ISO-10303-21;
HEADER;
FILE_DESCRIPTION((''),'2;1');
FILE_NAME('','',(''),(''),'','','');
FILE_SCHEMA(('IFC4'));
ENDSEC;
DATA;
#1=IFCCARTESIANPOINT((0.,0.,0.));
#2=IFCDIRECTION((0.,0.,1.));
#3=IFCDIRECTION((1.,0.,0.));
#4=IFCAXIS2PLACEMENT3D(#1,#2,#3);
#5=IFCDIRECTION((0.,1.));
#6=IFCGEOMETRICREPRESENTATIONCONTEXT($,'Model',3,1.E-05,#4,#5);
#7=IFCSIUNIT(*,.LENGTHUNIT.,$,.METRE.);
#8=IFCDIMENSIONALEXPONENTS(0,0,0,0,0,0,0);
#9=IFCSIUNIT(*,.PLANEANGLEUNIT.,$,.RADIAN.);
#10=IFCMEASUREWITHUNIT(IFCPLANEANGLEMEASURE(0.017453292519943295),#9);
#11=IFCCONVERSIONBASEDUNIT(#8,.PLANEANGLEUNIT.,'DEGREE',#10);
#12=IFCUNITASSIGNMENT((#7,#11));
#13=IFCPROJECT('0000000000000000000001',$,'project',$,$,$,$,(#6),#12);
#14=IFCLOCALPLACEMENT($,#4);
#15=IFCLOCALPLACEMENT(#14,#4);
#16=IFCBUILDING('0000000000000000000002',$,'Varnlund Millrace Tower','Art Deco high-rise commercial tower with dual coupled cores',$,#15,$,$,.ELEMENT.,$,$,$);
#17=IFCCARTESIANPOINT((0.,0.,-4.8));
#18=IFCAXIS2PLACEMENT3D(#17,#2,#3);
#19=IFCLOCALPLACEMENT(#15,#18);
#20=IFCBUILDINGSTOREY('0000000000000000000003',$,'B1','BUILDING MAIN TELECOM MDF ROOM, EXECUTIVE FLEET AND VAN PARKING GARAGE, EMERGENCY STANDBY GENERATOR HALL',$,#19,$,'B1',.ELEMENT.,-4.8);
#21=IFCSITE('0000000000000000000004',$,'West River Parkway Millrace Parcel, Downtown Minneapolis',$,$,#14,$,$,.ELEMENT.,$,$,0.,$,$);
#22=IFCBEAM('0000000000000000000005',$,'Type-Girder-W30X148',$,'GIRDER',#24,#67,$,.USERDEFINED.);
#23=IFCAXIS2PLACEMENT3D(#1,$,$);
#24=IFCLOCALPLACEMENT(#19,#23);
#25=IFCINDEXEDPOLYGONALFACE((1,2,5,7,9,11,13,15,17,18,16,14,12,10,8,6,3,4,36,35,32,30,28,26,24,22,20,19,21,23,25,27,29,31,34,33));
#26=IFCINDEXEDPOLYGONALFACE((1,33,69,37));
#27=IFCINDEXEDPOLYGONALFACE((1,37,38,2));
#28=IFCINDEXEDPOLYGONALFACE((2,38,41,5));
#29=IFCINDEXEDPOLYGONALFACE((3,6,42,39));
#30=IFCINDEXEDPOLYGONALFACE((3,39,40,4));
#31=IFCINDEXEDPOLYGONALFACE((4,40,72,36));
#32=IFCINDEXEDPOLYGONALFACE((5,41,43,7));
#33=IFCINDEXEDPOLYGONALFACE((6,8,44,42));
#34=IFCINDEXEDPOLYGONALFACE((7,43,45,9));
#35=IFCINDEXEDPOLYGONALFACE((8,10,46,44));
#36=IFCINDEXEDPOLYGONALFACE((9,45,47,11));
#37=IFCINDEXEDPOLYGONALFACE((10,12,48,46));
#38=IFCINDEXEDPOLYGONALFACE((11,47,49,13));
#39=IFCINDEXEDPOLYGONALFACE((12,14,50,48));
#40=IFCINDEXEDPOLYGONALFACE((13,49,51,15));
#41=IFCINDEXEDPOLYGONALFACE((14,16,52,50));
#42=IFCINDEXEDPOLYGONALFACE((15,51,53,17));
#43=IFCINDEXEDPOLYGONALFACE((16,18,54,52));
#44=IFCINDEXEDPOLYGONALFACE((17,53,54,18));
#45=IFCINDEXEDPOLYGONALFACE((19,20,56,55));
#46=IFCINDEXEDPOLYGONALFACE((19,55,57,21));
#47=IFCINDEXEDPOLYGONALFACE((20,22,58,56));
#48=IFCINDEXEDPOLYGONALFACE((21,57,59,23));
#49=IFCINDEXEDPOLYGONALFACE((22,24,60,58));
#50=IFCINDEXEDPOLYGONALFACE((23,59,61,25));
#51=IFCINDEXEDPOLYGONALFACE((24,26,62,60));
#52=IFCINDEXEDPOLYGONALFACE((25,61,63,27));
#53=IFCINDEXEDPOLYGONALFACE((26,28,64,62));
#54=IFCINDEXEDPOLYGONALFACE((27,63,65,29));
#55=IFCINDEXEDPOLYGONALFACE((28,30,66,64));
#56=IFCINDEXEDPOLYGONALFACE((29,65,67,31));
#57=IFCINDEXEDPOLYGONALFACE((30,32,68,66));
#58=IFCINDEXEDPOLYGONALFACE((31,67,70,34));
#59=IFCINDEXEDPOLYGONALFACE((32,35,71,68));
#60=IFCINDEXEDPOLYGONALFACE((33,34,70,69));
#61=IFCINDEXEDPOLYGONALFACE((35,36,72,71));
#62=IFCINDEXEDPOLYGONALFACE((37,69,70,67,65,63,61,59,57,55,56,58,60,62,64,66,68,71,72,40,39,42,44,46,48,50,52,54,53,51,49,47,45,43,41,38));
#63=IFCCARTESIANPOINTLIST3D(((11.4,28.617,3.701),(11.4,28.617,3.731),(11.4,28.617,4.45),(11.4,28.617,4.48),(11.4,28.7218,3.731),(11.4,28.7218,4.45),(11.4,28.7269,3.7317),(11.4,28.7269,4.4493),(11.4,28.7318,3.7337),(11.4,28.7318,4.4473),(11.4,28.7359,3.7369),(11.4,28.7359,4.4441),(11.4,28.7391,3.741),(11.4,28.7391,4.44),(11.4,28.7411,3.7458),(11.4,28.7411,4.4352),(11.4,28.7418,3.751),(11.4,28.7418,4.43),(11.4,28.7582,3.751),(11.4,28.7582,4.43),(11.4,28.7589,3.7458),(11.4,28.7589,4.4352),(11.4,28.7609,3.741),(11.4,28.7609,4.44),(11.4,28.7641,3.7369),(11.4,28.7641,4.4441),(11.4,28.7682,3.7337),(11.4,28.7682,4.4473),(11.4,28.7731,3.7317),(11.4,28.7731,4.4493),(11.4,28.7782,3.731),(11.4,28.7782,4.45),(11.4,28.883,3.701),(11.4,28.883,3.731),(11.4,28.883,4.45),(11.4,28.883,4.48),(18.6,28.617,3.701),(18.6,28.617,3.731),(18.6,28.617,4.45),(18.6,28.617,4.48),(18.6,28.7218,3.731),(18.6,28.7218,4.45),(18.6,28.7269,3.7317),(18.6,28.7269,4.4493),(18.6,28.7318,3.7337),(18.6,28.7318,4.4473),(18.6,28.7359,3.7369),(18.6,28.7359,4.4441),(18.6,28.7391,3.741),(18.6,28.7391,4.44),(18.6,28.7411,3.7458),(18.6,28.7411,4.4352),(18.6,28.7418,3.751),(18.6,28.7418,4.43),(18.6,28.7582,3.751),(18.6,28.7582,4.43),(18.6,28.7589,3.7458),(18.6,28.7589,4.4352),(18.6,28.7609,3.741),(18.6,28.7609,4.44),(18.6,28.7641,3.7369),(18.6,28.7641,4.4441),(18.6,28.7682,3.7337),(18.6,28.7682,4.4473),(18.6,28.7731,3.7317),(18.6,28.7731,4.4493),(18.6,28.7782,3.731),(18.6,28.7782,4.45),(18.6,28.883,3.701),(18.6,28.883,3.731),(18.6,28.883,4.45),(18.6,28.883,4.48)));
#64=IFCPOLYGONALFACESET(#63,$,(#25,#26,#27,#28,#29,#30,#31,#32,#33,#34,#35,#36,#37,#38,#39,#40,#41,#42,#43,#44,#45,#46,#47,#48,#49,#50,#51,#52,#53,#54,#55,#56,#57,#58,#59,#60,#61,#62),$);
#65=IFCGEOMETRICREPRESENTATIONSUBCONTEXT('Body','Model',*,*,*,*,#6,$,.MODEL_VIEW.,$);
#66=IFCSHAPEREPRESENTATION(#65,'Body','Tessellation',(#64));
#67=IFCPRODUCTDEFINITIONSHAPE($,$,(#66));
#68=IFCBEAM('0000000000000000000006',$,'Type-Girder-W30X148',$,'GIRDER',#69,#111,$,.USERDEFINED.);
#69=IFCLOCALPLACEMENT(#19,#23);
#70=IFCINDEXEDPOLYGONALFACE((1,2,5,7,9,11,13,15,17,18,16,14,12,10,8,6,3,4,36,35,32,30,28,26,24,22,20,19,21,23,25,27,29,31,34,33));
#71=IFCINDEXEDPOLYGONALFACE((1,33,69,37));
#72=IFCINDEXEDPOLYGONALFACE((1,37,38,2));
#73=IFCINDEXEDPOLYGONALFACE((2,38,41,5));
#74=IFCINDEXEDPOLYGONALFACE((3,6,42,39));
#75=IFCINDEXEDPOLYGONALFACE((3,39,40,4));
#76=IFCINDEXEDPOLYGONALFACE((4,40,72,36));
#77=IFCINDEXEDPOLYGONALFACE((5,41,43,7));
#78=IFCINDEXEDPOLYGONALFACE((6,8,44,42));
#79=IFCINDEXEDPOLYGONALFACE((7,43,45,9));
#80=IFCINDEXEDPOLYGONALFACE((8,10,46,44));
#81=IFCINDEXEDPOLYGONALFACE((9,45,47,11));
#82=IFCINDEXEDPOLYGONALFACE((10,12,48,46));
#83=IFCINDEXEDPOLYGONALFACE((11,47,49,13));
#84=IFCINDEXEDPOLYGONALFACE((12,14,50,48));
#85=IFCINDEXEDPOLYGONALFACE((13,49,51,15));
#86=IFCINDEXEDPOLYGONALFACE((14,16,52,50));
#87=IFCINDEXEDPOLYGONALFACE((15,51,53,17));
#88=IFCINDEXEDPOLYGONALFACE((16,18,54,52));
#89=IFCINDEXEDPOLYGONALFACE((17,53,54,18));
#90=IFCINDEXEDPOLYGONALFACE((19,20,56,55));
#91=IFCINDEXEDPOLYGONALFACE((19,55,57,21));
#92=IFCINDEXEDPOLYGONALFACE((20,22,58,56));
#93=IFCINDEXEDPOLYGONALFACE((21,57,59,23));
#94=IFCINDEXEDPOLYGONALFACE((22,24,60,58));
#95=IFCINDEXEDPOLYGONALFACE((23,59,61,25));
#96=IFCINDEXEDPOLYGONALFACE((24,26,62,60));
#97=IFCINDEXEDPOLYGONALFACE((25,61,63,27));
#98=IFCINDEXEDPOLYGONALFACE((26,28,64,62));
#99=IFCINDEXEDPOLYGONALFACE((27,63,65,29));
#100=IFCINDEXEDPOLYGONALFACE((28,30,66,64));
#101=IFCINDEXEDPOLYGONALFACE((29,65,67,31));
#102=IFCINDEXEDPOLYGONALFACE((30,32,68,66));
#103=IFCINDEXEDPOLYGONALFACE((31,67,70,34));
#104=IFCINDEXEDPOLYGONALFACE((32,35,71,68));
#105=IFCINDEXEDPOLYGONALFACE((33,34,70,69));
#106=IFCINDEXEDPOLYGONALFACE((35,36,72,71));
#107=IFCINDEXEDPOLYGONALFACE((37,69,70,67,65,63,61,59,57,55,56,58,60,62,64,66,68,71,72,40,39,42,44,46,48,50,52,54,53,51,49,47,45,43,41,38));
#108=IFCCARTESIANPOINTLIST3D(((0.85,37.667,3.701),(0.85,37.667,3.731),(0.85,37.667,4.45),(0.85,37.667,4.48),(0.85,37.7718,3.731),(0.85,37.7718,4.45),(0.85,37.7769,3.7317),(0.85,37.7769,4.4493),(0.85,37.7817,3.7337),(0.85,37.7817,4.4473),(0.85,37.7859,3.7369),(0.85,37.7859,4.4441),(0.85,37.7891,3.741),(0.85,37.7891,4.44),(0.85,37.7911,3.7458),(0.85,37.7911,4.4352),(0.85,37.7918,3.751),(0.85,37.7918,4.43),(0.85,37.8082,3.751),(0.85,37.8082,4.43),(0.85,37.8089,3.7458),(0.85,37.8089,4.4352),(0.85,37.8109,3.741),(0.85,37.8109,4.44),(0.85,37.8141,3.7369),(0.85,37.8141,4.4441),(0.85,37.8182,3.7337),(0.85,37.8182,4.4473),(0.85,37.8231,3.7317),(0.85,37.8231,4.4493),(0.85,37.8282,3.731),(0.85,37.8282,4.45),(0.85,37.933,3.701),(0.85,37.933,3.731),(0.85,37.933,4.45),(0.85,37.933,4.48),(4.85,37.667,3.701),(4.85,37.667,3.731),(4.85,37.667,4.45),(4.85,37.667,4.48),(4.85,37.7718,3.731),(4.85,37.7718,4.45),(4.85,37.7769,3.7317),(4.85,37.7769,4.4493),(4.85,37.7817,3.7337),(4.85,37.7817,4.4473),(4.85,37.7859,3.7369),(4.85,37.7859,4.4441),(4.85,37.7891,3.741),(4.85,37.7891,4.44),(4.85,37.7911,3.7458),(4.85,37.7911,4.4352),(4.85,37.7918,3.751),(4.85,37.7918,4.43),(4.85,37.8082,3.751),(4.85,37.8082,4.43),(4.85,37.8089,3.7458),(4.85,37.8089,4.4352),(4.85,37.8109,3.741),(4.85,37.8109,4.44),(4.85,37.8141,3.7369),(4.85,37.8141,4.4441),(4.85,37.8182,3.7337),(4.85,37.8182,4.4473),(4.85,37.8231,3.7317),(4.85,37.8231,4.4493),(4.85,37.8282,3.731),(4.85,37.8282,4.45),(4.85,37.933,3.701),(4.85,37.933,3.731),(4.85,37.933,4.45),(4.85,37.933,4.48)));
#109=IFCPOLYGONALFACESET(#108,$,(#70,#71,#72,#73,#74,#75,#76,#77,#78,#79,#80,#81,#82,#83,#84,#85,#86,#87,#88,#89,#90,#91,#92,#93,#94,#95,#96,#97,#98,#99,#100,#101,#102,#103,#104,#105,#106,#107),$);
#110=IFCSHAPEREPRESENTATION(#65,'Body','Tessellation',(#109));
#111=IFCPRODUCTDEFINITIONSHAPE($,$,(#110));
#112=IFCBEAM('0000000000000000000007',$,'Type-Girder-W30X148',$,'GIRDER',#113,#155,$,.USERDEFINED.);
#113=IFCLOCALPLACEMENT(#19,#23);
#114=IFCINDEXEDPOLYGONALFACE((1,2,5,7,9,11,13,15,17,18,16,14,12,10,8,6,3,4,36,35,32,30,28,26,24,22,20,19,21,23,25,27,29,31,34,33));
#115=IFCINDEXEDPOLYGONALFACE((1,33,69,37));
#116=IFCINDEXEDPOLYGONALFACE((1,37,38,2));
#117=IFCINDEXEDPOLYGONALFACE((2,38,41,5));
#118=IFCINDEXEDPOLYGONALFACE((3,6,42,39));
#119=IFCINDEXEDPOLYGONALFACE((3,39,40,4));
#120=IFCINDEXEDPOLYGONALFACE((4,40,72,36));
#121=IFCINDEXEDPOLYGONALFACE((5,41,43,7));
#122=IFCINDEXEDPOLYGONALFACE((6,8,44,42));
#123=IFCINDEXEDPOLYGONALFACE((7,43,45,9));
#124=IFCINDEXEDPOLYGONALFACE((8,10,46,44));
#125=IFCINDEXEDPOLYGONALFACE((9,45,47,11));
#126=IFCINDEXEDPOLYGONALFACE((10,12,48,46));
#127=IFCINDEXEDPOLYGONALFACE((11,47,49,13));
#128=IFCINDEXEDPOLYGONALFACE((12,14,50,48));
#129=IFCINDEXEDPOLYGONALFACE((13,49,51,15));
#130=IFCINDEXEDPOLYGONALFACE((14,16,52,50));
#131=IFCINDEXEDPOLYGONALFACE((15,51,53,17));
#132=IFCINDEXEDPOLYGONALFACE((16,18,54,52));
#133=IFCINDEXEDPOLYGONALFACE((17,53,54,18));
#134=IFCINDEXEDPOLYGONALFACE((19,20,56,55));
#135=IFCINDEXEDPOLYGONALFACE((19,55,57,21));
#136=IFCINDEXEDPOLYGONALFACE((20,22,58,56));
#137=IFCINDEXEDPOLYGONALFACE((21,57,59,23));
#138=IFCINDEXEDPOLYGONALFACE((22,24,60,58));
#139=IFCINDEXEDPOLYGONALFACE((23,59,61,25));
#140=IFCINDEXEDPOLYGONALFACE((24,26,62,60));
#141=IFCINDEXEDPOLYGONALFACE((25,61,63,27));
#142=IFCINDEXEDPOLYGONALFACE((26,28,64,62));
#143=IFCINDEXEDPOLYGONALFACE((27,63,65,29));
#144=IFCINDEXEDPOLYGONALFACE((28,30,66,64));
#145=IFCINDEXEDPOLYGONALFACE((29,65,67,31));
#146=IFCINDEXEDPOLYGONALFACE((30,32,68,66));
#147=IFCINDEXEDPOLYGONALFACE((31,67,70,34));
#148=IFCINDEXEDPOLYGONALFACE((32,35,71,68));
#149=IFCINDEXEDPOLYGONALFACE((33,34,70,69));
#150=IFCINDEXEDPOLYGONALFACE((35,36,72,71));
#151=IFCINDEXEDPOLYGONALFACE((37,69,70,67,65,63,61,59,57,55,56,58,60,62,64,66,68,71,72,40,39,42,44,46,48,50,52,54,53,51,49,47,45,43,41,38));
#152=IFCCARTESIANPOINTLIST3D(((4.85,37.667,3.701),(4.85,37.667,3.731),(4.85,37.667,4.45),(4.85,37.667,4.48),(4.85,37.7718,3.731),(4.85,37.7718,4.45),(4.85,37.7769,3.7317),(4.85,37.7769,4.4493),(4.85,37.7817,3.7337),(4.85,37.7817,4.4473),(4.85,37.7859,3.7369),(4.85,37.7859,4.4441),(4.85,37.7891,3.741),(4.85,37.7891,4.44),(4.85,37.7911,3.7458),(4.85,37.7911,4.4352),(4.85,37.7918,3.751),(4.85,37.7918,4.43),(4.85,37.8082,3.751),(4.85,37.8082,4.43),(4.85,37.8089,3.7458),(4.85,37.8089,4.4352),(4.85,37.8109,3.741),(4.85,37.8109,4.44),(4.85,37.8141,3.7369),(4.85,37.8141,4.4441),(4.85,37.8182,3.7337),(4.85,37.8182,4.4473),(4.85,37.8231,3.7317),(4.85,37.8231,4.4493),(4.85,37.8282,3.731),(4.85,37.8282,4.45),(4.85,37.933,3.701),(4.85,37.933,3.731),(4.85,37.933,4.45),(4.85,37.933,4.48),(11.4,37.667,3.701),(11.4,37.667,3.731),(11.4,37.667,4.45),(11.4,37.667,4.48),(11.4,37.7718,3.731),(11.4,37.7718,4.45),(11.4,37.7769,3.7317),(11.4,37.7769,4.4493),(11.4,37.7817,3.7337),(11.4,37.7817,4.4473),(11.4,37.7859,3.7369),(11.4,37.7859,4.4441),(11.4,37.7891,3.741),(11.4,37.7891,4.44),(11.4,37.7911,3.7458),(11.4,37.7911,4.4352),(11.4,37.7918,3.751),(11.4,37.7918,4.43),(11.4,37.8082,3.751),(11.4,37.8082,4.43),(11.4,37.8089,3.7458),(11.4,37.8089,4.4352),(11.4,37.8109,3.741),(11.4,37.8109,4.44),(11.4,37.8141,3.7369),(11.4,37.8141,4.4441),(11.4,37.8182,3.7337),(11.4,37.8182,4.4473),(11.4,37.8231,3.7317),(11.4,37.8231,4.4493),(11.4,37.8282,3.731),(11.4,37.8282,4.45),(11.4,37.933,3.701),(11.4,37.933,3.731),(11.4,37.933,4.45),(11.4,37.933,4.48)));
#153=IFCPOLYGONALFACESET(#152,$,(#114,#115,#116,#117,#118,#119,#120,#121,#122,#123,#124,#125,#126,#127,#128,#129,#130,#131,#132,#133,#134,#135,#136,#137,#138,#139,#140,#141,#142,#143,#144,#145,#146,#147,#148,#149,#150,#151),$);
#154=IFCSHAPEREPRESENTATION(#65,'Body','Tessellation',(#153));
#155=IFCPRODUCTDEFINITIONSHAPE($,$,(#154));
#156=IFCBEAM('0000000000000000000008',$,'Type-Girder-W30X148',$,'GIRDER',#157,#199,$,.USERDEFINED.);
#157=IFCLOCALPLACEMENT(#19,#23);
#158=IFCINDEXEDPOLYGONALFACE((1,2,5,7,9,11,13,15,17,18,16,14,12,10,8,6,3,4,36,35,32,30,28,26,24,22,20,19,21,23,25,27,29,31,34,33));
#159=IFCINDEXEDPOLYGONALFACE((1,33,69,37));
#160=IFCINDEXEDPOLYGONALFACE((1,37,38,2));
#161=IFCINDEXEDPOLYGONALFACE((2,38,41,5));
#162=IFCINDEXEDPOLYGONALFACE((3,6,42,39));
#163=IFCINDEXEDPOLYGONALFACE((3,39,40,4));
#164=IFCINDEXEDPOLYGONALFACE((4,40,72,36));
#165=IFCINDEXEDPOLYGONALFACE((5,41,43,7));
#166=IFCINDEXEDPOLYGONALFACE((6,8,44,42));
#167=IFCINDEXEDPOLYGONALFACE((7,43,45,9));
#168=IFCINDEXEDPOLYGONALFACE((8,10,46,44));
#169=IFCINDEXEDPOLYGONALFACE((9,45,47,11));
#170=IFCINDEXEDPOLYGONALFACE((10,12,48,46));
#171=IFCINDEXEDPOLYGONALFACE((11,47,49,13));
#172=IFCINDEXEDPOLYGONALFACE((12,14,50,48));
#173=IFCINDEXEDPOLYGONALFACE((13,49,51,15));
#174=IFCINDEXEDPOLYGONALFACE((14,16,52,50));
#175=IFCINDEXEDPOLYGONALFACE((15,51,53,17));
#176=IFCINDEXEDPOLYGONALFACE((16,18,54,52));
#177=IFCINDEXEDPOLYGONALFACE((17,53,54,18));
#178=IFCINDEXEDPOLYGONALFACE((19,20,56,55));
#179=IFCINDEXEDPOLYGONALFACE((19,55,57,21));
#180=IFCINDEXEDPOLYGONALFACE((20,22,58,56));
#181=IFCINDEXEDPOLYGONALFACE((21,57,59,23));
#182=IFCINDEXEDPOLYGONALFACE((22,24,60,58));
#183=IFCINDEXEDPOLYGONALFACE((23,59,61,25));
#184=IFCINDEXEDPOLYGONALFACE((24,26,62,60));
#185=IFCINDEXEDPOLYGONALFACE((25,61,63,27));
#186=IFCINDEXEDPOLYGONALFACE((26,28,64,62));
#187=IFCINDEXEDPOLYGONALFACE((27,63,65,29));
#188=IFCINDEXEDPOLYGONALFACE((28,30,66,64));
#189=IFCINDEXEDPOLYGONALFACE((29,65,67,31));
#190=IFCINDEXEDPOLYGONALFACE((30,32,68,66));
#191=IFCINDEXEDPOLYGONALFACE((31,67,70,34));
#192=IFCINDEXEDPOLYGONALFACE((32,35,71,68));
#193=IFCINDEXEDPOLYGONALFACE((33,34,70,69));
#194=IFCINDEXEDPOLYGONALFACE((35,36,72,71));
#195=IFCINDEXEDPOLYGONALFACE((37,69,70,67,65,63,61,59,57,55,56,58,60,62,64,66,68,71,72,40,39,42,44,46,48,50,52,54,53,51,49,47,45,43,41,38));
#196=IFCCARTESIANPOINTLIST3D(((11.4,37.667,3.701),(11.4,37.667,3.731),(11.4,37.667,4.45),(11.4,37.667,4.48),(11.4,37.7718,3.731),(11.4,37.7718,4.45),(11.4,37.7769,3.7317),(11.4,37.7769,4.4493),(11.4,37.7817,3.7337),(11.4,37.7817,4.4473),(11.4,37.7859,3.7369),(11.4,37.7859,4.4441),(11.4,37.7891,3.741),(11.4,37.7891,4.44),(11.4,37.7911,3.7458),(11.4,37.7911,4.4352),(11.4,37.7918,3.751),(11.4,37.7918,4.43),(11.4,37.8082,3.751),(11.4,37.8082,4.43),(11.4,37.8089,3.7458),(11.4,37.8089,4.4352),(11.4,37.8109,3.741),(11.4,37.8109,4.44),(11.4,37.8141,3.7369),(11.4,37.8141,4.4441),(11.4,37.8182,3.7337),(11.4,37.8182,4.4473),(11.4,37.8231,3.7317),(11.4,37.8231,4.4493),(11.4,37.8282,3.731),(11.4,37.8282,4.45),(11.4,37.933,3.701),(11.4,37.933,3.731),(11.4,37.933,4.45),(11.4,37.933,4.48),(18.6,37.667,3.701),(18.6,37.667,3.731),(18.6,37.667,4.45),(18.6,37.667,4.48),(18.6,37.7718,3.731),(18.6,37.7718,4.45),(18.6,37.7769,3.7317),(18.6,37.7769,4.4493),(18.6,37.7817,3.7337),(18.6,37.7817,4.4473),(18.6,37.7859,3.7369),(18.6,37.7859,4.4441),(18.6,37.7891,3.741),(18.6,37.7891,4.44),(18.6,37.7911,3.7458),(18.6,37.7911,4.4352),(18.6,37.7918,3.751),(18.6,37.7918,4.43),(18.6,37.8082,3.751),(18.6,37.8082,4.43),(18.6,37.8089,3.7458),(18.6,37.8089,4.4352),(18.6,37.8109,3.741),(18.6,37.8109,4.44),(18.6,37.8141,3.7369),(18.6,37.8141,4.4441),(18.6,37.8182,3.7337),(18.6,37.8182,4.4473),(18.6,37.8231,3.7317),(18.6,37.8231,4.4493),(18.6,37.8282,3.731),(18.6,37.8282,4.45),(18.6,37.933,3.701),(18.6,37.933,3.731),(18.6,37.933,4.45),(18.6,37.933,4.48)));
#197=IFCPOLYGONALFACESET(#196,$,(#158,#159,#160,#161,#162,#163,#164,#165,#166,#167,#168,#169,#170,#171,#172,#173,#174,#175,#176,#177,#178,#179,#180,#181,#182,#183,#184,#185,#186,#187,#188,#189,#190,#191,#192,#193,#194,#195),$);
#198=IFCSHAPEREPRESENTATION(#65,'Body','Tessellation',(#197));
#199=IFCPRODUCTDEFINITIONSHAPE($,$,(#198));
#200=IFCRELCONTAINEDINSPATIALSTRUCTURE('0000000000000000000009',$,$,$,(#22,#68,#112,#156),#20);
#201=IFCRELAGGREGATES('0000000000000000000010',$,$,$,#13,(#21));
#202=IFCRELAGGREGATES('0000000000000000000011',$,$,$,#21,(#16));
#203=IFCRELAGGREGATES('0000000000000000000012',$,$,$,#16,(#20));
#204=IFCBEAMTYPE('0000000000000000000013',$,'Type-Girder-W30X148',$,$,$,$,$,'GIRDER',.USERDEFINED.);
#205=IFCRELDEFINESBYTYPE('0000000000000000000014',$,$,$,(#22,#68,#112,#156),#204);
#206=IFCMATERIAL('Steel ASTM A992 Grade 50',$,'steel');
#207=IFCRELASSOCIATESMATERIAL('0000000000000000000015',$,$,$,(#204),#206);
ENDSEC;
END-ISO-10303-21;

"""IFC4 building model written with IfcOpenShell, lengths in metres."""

from ifc_helpers import new_model, entity, si_unit, converted_unit, direction, frame, origin_with_axes, origin_2d_with_axis, place, context, subcontext, project, spatial, i_section, extrude, material, material_profile, profile_set, type_object, element, save


model = new_model("IFC4")

# Units and contexts
model_context = context("Model", 3, precision=1e-05, world=origin_with_axes(), true_north=direction((0.0, 1.0)))
body_context = subcontext(model_context, "Body", "Model", "MODEL_VIEW")
ifc_project = project(units=[si_unit("LENGTHUNIT", "METRE"), converted_unit("PLANEANGLEUNIT", "DEGREE", entity("IfcPlaneAngleMeasure", 0.017453292519943295), si_unit("PLANEANGLEUNIT", "RADIAN"), dimensions=[0, 0, 0, 0, 0, 0, 0])], contexts=[model_context])

# Site, building, storey
site_placement = place(None, origin_with_axes())
site = spatial("IfcSite", under=ifc_project, at=site_placement, Name="West River Parkway Millrace Parcel, Downtown Minneapolis", CompositionType="ELEMENT", RefElevation=0.0)
building_placement = place(site_placement, origin_with_axes())
building = spatial("IfcBuilding", under=site, at=building_placement, Name="Varnlund Millrace Tower", Description="Art Deco high-rise commercial tower with dual coupled cores", CompositionType="ELEMENT")
storey_placement = place(building_placement, frame((0.0, 0.0, -4.8), z_axis=(0.0, 0.0, 1.0), x_axis=(1.0, 0.0, 0.0)))
storey = spatial("IfcBuildingStorey", under=building, at=storey_placement, Name="B1", Description="BUILDING MAIN TELECOM MDF ROOM, EXECUTIVE FLEET AND VAN PARKING GARAGE, EMERGENCY STANDBY GENERATOR HALL", LongName="B1", CompositionType="ELEMENT", Elevation=-4.8)

# Beams
ifc_material_1 = material(Name="Steel ASTM A992 Grade 50", Category="steel")
ifc_material_profile_1 = material_profile(ifc_material_1, i_section(OverallWidth=0.266, OverallDepth=0.779, WebThickness=0.0165, FlangeThickness=0.03, FilletRadius=0.02, at=origin_2d_with_axis()), Name="Steel ASTM A992 Grade 50")
ifc_profile_set_1 = profile_set([ifc_material_profile_1], Name="Steel ASTM A992 Grade 50")
beam_type_1 = type_object("IfcBeamType", Name="Type-Girder-W30X148", ElementType="GIRDER", PredefinedType="USERDEFINED", material=ifc_profile_set_1)
beam_1_placement = place(storey_placement, frame((11.4, 28.75, 4.0905), z_axis=(1.0, 0.0, 0.0), x_axis=(0.0, 1.0, 0.0)))
element("IfcBeam", 1, at=beam_1_placement, inside=storey, type_object=beam_type_1, Name="Type-Girder-W30X148", ObjectType="GIRDER", PredefinedType="USERDEFINED", context=body_context, shape_type="SweptSolid", body=[
    extrude(i_section(OverallWidth=0.266, OverallDepth=0.779, WebThickness=0.0165, FlangeThickness=0.03, FilletRadius=0.02, at=origin_2d_with_axis()), origin_with_axes(), (0.0, 0.0, 1.0), 7.2),
])
beam_2_placement = place(storey_placement, frame((0.85, 37.8, 4.0905), z_axis=(1.0, 0.0, 0.0), x_axis=(0.0, 1.0, 0.0)))
element("IfcBeam", 2, at=beam_2_placement, inside=storey, type_object=beam_type_1, Name="Type-Girder-W30X148", ObjectType="GIRDER", PredefinedType="USERDEFINED", context=body_context, shape_type="SweptSolid", body=[
    extrude(i_section(OverallWidth=0.266, OverallDepth=0.779, WebThickness=0.0165, FlangeThickness=0.03, FilletRadius=0.02, at=origin_2d_with_axis()), origin_with_axes(), (0.0, 0.0, 1.0), 4.0),
])
beam_3_placement = place(storey_placement, frame((4.85, 37.8, 4.0905), z_axis=(1.0, 0.0, 0.0), x_axis=(0.0, 1.0, 0.0)))
element("IfcBeam", 3, at=beam_3_placement, inside=storey, type_object=beam_type_1, Name="Type-Girder-W30X148", ObjectType="GIRDER", PredefinedType="USERDEFINED", context=body_context, shape_type="SweptSolid", body=[
    extrude(i_section(OverallWidth=0.266, OverallDepth=0.779, WebThickness=0.0165, FlangeThickness=0.03, FilletRadius=0.02, at=origin_2d_with_axis()), origin_with_axes(), (0.0, 0.0, 1.0), 6.55),
])
beam_4_placement = place(storey_placement, frame((11.4, 37.8, 4.0905), z_axis=(1.0, 0.0, 0.0), x_axis=(0.0, 1.0, 0.0)))
element("IfcBeam", 4, at=beam_4_placement, inside=storey, type_object=beam_type_1, Name="Type-Girder-W30X148", ObjectType="GIRDER", PredefinedType="USERDEFINED", context=body_context, shape_type="SweptSolid", body=[
    extrude(i_section(OverallWidth=0.266, OverallDepth=0.779, WebThickness=0.0165, FlangeThickness=0.03, FilletRadius=0.02, at=origin_2d_with_axis()), origin_with_axes(), (0.0, 0.0, 1.0), 7.2),
])

save(model, "model.ifc")
